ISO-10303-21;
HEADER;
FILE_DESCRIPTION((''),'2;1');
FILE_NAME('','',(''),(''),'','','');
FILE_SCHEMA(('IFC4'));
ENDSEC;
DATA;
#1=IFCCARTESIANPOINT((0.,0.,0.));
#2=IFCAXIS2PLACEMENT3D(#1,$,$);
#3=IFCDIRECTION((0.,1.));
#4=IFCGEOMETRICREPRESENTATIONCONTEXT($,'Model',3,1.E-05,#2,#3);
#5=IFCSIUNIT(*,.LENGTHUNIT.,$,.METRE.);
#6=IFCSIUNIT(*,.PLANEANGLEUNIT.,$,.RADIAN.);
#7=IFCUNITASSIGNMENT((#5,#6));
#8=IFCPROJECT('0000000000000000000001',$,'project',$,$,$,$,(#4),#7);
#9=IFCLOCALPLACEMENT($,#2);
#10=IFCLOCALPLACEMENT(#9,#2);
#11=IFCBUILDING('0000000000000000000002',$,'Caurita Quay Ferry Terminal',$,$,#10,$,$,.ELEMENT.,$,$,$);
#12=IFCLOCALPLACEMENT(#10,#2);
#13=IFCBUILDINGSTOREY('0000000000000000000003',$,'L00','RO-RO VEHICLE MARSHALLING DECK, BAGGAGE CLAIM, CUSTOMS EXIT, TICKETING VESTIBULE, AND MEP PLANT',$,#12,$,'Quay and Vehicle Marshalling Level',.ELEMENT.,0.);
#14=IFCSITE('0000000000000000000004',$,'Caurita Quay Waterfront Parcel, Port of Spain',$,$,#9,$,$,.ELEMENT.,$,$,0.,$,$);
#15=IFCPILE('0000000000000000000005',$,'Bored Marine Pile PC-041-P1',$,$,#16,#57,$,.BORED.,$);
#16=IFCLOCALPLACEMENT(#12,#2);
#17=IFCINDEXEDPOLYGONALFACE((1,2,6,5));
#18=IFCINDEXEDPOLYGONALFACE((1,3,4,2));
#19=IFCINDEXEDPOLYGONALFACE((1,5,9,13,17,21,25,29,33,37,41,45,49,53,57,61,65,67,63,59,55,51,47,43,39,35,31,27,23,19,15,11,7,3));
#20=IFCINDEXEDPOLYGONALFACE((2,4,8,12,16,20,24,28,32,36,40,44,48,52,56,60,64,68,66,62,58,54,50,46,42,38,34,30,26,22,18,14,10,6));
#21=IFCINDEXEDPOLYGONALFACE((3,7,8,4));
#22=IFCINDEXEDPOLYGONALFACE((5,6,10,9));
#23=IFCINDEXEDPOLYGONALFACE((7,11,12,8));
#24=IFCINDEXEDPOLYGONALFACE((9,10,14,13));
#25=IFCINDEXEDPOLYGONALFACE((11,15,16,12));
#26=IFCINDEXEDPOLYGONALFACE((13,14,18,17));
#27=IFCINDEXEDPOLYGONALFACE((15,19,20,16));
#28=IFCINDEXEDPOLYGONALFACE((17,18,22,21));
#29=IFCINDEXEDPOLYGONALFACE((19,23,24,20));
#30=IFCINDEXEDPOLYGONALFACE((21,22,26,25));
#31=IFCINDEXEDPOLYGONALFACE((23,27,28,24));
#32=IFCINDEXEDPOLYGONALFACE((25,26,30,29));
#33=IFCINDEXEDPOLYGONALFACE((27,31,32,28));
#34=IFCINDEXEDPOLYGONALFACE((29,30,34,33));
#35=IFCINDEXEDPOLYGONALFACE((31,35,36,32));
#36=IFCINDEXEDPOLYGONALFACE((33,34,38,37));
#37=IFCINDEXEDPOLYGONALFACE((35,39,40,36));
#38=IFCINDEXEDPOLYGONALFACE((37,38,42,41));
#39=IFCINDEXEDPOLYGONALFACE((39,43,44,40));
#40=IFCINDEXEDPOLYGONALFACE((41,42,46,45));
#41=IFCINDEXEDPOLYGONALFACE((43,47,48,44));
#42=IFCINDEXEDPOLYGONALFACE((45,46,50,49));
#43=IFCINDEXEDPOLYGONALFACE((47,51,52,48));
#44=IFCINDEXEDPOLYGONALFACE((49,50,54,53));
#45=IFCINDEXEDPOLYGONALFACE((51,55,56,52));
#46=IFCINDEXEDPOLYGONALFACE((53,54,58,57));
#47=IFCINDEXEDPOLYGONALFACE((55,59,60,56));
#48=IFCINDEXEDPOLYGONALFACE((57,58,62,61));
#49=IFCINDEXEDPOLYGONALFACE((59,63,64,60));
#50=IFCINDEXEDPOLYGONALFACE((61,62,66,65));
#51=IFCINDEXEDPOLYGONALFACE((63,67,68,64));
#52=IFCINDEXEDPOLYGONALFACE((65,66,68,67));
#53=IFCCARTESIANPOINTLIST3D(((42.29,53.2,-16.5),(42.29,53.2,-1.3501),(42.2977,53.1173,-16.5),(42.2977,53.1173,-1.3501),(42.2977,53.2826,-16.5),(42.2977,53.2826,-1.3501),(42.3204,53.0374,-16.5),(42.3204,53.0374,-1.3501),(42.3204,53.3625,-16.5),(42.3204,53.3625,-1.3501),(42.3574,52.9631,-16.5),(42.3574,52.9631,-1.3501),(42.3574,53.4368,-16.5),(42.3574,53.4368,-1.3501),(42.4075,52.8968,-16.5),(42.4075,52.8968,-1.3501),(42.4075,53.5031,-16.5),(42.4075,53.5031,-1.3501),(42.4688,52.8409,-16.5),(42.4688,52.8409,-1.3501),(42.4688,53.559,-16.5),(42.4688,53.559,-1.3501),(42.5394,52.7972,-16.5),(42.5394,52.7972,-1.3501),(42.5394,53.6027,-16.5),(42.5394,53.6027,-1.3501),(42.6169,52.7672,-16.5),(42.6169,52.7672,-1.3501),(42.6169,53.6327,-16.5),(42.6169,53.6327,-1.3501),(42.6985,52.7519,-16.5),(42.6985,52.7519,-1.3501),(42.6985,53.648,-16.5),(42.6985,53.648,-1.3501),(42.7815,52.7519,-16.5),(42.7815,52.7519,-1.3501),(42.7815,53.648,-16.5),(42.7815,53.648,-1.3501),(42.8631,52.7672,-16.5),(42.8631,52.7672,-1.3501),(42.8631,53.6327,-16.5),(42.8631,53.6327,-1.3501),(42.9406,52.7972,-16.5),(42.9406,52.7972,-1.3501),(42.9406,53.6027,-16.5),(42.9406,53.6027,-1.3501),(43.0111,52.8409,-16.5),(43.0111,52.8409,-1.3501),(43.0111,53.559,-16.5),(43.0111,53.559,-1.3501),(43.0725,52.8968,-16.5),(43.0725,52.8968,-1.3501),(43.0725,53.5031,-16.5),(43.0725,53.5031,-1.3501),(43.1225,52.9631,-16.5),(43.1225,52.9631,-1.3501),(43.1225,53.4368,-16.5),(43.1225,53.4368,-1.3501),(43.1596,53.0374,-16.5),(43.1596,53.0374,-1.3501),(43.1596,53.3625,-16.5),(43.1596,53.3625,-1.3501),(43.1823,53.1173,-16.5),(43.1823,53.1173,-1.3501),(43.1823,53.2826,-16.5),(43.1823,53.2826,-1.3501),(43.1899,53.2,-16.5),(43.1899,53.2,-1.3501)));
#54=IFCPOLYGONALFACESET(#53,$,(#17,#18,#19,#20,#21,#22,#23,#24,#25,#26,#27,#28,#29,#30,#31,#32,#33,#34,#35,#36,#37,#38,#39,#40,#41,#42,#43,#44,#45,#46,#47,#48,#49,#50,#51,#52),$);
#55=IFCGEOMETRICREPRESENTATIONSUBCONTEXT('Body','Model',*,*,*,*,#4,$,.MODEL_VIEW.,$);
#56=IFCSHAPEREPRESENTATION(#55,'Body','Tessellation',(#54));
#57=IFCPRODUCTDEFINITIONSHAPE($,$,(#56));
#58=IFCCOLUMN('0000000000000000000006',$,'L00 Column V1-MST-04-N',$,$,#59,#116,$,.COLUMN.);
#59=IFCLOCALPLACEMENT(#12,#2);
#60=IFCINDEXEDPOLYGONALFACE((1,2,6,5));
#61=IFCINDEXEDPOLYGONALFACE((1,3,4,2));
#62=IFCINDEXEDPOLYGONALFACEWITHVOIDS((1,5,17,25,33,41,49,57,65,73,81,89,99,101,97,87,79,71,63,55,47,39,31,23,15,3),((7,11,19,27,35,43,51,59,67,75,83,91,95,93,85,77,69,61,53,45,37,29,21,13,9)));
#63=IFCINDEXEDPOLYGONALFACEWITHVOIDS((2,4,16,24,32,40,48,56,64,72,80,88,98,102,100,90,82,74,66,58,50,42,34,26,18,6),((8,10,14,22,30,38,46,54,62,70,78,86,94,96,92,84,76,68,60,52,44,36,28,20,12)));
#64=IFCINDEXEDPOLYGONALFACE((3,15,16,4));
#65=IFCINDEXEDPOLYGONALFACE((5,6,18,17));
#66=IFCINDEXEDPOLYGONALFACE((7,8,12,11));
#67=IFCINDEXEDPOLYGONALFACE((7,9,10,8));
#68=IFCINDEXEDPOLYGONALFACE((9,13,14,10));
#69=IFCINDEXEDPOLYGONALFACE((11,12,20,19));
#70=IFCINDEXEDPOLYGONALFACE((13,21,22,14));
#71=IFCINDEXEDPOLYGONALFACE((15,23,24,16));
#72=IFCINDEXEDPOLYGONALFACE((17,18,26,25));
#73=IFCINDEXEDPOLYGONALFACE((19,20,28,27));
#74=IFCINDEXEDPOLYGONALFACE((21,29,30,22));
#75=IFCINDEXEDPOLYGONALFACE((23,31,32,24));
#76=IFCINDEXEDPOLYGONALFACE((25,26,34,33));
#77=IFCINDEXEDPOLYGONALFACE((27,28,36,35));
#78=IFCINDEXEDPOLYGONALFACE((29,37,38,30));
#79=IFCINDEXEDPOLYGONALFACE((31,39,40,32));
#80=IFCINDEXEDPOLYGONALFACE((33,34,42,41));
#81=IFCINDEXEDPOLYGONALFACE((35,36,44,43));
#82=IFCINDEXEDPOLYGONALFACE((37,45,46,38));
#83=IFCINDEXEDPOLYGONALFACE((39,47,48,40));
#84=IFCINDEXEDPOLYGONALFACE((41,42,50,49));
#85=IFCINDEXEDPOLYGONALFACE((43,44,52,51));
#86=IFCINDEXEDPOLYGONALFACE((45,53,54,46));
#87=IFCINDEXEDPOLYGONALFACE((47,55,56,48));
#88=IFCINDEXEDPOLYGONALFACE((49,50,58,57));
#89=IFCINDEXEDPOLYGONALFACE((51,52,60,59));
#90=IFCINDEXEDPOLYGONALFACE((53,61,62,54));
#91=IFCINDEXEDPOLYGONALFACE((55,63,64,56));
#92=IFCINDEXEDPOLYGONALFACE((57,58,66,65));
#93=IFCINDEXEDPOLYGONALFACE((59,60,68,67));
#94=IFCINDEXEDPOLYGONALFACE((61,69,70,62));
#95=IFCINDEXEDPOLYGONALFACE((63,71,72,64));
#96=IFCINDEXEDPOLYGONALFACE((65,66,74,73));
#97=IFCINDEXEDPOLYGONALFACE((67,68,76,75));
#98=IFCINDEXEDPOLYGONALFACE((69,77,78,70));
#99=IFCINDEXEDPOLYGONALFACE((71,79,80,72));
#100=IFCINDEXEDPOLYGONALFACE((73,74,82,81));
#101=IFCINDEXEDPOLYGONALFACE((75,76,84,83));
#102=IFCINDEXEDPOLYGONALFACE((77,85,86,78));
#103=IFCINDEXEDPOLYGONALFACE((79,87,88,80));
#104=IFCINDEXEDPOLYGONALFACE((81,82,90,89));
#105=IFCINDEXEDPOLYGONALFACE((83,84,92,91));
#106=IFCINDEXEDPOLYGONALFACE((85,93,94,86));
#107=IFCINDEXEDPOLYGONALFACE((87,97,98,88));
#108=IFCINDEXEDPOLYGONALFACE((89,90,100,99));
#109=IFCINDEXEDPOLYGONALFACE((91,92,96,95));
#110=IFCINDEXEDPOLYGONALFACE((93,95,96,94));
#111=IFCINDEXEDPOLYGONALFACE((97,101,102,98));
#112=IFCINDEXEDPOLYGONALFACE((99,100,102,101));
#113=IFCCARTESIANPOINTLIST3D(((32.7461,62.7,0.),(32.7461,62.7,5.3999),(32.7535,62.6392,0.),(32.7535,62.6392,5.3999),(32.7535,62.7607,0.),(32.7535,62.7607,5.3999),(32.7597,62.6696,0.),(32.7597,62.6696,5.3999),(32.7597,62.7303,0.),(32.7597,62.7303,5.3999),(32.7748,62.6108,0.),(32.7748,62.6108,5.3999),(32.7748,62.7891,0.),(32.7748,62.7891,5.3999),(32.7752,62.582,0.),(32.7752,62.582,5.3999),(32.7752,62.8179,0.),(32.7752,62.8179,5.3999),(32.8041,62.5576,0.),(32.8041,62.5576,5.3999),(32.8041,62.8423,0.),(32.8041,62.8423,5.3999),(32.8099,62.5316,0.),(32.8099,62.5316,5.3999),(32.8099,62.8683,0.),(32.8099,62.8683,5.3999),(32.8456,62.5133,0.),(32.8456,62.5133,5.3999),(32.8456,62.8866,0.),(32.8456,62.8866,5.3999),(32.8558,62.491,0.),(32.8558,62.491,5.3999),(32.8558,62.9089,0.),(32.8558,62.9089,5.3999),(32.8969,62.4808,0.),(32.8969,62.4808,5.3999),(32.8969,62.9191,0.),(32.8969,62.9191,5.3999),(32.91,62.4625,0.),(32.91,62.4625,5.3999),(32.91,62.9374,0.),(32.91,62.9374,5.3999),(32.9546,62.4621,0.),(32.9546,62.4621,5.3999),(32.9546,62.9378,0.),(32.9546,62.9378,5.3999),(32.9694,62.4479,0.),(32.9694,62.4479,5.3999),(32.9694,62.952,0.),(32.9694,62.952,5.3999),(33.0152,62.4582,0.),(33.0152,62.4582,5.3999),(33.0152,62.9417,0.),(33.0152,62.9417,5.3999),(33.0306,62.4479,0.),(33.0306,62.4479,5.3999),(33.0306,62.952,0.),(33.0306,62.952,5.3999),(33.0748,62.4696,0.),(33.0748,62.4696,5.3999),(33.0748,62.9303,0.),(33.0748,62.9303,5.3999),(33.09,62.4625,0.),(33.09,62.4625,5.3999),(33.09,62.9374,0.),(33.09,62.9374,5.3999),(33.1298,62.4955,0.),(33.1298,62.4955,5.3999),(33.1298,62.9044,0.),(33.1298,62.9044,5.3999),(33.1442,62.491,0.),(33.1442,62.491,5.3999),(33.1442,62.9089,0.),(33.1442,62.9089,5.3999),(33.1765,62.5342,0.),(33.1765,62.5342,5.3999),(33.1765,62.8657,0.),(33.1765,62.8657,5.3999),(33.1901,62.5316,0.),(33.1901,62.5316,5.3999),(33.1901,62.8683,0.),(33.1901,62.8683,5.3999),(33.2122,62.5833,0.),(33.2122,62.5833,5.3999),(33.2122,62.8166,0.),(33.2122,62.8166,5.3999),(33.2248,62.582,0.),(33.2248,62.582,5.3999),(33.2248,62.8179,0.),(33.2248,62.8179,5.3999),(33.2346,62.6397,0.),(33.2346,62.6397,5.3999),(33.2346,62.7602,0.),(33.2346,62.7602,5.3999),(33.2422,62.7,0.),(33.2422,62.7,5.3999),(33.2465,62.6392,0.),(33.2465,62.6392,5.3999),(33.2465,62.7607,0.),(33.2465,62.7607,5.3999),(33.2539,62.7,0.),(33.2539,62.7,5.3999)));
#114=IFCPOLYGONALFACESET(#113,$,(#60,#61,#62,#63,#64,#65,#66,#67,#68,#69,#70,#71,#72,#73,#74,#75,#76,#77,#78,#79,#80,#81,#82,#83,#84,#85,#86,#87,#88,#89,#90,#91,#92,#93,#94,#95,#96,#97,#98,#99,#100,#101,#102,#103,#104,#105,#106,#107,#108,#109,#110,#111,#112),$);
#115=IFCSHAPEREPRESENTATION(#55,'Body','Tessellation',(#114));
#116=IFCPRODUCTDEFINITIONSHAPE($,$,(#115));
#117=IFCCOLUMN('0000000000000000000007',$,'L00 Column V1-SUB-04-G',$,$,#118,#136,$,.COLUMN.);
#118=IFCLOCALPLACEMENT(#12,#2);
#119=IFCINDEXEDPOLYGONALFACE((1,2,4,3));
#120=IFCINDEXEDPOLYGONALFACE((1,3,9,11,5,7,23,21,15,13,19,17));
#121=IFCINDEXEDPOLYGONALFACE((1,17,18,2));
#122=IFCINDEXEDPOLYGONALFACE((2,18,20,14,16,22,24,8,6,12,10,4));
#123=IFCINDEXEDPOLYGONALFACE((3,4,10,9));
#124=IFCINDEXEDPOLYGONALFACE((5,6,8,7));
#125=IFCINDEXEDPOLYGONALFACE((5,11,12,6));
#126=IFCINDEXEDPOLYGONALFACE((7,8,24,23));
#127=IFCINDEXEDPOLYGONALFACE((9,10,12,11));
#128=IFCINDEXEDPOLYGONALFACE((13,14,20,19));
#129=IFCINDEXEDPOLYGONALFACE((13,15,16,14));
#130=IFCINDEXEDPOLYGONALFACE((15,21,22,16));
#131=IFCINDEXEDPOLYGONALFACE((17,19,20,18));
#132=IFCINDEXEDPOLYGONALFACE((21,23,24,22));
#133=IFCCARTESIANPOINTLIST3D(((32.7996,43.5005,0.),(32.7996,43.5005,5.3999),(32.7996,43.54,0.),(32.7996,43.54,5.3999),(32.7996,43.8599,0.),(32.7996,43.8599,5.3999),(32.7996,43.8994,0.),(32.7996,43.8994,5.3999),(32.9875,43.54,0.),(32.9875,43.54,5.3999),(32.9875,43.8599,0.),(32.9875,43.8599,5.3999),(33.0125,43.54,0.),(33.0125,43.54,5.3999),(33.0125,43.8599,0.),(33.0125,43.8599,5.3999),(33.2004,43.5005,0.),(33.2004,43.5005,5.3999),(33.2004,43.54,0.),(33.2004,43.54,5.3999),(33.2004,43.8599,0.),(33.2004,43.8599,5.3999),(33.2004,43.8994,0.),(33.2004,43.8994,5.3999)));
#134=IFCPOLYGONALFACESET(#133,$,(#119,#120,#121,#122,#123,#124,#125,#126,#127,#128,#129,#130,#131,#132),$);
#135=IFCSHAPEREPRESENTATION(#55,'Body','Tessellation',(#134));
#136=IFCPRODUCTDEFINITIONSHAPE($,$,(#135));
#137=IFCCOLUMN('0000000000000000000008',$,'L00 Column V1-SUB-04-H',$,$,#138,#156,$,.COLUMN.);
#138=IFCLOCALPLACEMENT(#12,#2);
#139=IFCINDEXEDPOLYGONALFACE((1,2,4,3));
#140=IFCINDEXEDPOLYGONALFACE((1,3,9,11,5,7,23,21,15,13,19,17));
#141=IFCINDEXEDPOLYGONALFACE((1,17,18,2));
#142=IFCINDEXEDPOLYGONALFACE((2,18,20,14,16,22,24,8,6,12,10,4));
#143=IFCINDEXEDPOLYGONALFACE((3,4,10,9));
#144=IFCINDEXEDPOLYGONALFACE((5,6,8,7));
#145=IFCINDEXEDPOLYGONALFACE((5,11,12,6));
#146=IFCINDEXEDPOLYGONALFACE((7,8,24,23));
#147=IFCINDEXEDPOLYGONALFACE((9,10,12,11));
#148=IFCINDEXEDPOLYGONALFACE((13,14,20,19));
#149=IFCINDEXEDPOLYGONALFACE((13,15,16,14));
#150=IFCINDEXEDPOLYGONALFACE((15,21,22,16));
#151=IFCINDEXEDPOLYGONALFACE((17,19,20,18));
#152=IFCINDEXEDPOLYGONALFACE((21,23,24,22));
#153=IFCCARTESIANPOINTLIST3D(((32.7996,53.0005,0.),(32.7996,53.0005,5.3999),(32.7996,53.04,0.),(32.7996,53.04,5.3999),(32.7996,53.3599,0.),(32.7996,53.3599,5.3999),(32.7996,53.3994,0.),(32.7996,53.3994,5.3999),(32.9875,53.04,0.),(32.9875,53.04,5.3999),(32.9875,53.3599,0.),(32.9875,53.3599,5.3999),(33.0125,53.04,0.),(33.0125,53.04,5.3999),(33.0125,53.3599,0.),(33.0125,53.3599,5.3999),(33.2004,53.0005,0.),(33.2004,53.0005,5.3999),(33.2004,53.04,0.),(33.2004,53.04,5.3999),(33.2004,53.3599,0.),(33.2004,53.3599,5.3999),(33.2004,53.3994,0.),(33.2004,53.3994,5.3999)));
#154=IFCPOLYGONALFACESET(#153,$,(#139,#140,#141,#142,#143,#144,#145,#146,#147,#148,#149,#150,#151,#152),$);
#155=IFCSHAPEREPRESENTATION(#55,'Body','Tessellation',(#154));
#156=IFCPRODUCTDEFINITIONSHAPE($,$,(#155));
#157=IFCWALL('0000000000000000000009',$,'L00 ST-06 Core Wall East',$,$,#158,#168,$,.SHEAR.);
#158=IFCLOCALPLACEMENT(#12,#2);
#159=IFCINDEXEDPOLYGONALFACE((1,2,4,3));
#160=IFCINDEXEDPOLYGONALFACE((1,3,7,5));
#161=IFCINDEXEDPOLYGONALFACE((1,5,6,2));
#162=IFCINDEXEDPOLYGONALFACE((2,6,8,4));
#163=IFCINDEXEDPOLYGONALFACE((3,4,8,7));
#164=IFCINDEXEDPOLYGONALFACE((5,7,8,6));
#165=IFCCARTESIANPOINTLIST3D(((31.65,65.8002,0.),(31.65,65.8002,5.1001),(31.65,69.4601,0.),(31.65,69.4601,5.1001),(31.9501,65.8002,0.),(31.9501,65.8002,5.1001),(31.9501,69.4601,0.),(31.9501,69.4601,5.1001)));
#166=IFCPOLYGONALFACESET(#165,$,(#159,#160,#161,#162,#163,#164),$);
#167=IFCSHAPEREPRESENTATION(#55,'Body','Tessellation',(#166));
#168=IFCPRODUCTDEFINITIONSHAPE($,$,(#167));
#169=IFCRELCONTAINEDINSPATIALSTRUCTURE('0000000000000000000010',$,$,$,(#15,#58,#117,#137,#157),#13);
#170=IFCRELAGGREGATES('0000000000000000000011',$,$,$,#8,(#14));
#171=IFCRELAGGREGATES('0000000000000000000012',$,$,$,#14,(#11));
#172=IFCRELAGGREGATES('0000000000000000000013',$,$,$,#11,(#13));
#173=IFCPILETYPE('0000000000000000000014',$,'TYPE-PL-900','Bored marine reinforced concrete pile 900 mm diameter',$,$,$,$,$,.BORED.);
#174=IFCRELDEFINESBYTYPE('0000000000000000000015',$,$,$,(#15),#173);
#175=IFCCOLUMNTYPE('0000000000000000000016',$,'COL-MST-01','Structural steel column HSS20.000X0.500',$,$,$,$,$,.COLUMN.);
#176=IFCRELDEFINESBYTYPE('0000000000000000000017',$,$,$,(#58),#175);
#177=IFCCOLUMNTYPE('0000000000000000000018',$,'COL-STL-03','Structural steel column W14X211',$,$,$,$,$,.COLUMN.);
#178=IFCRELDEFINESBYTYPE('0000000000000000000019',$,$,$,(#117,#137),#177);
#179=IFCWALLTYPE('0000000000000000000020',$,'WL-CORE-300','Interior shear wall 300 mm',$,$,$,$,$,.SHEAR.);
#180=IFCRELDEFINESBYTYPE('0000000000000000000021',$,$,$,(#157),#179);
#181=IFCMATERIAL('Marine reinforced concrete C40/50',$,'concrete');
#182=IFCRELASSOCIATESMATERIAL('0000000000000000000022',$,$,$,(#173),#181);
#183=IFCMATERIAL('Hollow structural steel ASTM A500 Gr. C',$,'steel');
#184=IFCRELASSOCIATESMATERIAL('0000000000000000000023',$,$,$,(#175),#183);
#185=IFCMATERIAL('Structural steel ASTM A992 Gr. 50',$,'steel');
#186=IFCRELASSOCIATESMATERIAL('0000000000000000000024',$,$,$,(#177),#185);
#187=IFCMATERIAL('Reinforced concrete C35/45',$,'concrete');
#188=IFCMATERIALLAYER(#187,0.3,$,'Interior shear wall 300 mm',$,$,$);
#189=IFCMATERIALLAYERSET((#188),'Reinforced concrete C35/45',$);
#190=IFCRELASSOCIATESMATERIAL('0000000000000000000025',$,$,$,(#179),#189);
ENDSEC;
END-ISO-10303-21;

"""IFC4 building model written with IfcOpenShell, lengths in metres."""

from ifc_helpers import new_model, si_unit, direction, frame, frame_2d, origin, origin_2d, place, context, subcontext, project, spatial, rectangle, circle, hollow_circle, i_section, extrude, material, layer, layer_set, material_profile, profile_set, type_object, element, save


model = new_model("IFC4")

# Units and contexts
model_context = context("Model", 3, precision=1e-05, world=origin(), true_north=direction((0.0, 1.0)))
body_context = subcontext(model_context, "Body", "Model", "MODEL_VIEW")
ifc_project = project(units=[si_unit("LENGTHUNIT", "METRE"), si_unit("PLANEANGLEUNIT", "RADIAN")], contexts=[model_context])

# Site, building, storey
site_placement = place(None, origin())
site = spatial("IfcSite", under=ifc_project, at=site_placement, Name="Caurita Quay Waterfront Parcel, Port of Spain", CompositionType="ELEMENT", RefElevation=0.0)
building_placement = place(site_placement, origin())
building = spatial("IfcBuilding", under=site, at=building_placement, Name="Caurita Quay Ferry Terminal", CompositionType="ELEMENT")
storey_placement = place(building_placement, origin())
storey = spatial("IfcBuildingStorey", under=building, at=storey_placement, Name="L00", Description="RO-RO VEHICLE MARSHALLING DECK, BAGGAGE CLAIM, CUSTOMS EXIT, TICKETING VESTIBULE, AND MEP PLANT", LongName="Quay and Vehicle Marshalling Level", CompositionType="ELEMENT", Elevation=0.0)

# Pile
ifc_material_1 = material(Name="Marine reinforced concrete C40/50", Category="concrete")
ifc_material_profile_1 = material_profile(ifc_material_1, circle(Radius=0.45, at=origin_2d()), Name="PILE-D900")
ifc_profile_set_1 = profile_set([ifc_material_profile_1], Name="Marine reinforced concrete C40/50")
pile_type_1 = type_object("IfcPileType", Name="TYPE-PL-900", Description="Bored marine reinforced concrete pile 900 mm diameter", PredefinedType="BORED", material=ifc_profile_set_1)
for number, where, z_axis, x_axis, name in (
    (1, (42.74, 53.2, -1.3501), (0.0, 0.0, -1.0), (1.0, 0.0, 0.0), "Bored Marine Pile PC-041-P1"),
):
    element("IfcPile", number, at=place(storey_placement, frame(where, z_axis=z_axis, x_axis=x_axis)), inside=storey, type_object=pile_type_1, Name=name, PredefinedType="BORED", context=body_context, shape_type="SweptSolid", body=[
        extrude(circle(Radius=0.45, at=origin_2d()), origin(), (0.0, 0.0, 1.0), 15.1499),
    ])

# Columns
ifc_material_2 = material(Name="Hollow structural steel ASTM A500 Gr. C", Category="steel")
ifc_material_profile_2 = material_profile(ifc_material_2, hollow_circle(Radius=0.2539, WallThickness=0.0117, at=origin_2d()), Name="HSS20.000X0.500")
ifc_profile_set_2 = profile_set([ifc_material_profile_2], Name="Hollow structural steel ASTM A500 Gr. C")
column_type_1 = type_object("IfcColumnType", Name="COL-MST-01", Description="Structural steel column HSS20.000X0.500", PredefinedType="COLUMN", material=ifc_profile_set_2)
column_placement = place(storey_placement, frame((33.0, 62.7, 0.0), z_axis=(0.0, 0.0, 1.0), x_axis=(1.0, 0.0, 0.0)))
element("IfcColumn", 2, at=column_placement, inside=storey, type_object=column_type_1, Name="L00 Column V1-MST-04-N", PredefinedType="COLUMN", context=body_context, shape_type="SweptSolid", body=[
    extrude(hollow_circle(Radius=0.2539, WallThickness=0.0117, at=origin_2d()), origin(), (0.0, 0.0, 1.0), 5.3999),
])
ifc_material_3 = material(Name="Structural steel ASTM A992 Gr. 50", Category="steel")
ifc_material_profile_3 = material_profile(ifc_material_3, i_section(OverallWidth=0.4009, OverallDepth=0.3989, WebThickness=0.0249, FlangeThickness=0.0396, at=origin_2d()), Name="W14X211")
ifc_profile_set_3 = profile_set([ifc_material_profile_3], Name="Structural steel ASTM A992 Gr. 50")
column_type_2 = type_object("IfcColumnType", Name="COL-STL-03", Description="Structural steel column W14X211", PredefinedType="COLUMN", material=ifc_profile_set_3)
for number, where, z_axis, x_axis, name in (
    (3, (33.0, 43.7, 0.0), (0.0, 0.0, 1.0), (1.0, 0.0, 0.0), "L00 Column V1-SUB-04-G"),
    (4, (33.0, 53.2, 0.0), (0.0, 0.0, 1.0), (1.0, 0.0, 0.0), "L00 Column V1-SUB-04-H"),
):
    element("IfcColumn", number, at=place(storey_placement, frame(where, z_axis=z_axis, x_axis=x_axis)), inside=storey, type_object=column_type_2, Name=name, PredefinedType="COLUMN", context=body_context, shape_type="SweptSolid", body=[
        extrude(i_section(OverallWidth=0.4009, OverallDepth=0.3989, WebThickness=0.0249, FlangeThickness=0.0396, at=origin_2d()), origin(), (0.0, 0.0, 1.0), 5.3999),
    ])

# Wall
ifc_material_4 = material(Name="Reinforced concrete C35/45", Category="concrete")
ifc_layer_1 = layer(ifc_material_4, 0.3, Name="Interior shear wall 300 mm")
ifc_layer_set_1 = layer_set([ifc_layer_1], Name="Reinforced concrete C35/45")
wall_type_1 = type_object("IfcWallType", Name="WL-CORE-300", Description="Interior shear wall 300 mm", PredefinedType="SHEAR", material=ifc_layer_set_1)
wall_1_placement = place(storey_placement, frame((31.8, 65.8, 0.0), z_axis=(0.0, 0.0, 1.0), x_axis=(0.0, 1.0, 0.0)))
element("IfcWall", 5, at=wall_1_placement, inside=storey, type_object=wall_type_1, Name="L00 ST-06 Core Wall East", PredefinedType="SHEAR", context=body_context, shape_type="SweptSolid", body=[
    extrude(rectangle(XDim=3.6599, YDim=0.3, at=frame_2d((1.8301, 0.0))), origin(), (0.0, 0.0, 1.0), 5.1001),
])

save(model, "model.ifc")
